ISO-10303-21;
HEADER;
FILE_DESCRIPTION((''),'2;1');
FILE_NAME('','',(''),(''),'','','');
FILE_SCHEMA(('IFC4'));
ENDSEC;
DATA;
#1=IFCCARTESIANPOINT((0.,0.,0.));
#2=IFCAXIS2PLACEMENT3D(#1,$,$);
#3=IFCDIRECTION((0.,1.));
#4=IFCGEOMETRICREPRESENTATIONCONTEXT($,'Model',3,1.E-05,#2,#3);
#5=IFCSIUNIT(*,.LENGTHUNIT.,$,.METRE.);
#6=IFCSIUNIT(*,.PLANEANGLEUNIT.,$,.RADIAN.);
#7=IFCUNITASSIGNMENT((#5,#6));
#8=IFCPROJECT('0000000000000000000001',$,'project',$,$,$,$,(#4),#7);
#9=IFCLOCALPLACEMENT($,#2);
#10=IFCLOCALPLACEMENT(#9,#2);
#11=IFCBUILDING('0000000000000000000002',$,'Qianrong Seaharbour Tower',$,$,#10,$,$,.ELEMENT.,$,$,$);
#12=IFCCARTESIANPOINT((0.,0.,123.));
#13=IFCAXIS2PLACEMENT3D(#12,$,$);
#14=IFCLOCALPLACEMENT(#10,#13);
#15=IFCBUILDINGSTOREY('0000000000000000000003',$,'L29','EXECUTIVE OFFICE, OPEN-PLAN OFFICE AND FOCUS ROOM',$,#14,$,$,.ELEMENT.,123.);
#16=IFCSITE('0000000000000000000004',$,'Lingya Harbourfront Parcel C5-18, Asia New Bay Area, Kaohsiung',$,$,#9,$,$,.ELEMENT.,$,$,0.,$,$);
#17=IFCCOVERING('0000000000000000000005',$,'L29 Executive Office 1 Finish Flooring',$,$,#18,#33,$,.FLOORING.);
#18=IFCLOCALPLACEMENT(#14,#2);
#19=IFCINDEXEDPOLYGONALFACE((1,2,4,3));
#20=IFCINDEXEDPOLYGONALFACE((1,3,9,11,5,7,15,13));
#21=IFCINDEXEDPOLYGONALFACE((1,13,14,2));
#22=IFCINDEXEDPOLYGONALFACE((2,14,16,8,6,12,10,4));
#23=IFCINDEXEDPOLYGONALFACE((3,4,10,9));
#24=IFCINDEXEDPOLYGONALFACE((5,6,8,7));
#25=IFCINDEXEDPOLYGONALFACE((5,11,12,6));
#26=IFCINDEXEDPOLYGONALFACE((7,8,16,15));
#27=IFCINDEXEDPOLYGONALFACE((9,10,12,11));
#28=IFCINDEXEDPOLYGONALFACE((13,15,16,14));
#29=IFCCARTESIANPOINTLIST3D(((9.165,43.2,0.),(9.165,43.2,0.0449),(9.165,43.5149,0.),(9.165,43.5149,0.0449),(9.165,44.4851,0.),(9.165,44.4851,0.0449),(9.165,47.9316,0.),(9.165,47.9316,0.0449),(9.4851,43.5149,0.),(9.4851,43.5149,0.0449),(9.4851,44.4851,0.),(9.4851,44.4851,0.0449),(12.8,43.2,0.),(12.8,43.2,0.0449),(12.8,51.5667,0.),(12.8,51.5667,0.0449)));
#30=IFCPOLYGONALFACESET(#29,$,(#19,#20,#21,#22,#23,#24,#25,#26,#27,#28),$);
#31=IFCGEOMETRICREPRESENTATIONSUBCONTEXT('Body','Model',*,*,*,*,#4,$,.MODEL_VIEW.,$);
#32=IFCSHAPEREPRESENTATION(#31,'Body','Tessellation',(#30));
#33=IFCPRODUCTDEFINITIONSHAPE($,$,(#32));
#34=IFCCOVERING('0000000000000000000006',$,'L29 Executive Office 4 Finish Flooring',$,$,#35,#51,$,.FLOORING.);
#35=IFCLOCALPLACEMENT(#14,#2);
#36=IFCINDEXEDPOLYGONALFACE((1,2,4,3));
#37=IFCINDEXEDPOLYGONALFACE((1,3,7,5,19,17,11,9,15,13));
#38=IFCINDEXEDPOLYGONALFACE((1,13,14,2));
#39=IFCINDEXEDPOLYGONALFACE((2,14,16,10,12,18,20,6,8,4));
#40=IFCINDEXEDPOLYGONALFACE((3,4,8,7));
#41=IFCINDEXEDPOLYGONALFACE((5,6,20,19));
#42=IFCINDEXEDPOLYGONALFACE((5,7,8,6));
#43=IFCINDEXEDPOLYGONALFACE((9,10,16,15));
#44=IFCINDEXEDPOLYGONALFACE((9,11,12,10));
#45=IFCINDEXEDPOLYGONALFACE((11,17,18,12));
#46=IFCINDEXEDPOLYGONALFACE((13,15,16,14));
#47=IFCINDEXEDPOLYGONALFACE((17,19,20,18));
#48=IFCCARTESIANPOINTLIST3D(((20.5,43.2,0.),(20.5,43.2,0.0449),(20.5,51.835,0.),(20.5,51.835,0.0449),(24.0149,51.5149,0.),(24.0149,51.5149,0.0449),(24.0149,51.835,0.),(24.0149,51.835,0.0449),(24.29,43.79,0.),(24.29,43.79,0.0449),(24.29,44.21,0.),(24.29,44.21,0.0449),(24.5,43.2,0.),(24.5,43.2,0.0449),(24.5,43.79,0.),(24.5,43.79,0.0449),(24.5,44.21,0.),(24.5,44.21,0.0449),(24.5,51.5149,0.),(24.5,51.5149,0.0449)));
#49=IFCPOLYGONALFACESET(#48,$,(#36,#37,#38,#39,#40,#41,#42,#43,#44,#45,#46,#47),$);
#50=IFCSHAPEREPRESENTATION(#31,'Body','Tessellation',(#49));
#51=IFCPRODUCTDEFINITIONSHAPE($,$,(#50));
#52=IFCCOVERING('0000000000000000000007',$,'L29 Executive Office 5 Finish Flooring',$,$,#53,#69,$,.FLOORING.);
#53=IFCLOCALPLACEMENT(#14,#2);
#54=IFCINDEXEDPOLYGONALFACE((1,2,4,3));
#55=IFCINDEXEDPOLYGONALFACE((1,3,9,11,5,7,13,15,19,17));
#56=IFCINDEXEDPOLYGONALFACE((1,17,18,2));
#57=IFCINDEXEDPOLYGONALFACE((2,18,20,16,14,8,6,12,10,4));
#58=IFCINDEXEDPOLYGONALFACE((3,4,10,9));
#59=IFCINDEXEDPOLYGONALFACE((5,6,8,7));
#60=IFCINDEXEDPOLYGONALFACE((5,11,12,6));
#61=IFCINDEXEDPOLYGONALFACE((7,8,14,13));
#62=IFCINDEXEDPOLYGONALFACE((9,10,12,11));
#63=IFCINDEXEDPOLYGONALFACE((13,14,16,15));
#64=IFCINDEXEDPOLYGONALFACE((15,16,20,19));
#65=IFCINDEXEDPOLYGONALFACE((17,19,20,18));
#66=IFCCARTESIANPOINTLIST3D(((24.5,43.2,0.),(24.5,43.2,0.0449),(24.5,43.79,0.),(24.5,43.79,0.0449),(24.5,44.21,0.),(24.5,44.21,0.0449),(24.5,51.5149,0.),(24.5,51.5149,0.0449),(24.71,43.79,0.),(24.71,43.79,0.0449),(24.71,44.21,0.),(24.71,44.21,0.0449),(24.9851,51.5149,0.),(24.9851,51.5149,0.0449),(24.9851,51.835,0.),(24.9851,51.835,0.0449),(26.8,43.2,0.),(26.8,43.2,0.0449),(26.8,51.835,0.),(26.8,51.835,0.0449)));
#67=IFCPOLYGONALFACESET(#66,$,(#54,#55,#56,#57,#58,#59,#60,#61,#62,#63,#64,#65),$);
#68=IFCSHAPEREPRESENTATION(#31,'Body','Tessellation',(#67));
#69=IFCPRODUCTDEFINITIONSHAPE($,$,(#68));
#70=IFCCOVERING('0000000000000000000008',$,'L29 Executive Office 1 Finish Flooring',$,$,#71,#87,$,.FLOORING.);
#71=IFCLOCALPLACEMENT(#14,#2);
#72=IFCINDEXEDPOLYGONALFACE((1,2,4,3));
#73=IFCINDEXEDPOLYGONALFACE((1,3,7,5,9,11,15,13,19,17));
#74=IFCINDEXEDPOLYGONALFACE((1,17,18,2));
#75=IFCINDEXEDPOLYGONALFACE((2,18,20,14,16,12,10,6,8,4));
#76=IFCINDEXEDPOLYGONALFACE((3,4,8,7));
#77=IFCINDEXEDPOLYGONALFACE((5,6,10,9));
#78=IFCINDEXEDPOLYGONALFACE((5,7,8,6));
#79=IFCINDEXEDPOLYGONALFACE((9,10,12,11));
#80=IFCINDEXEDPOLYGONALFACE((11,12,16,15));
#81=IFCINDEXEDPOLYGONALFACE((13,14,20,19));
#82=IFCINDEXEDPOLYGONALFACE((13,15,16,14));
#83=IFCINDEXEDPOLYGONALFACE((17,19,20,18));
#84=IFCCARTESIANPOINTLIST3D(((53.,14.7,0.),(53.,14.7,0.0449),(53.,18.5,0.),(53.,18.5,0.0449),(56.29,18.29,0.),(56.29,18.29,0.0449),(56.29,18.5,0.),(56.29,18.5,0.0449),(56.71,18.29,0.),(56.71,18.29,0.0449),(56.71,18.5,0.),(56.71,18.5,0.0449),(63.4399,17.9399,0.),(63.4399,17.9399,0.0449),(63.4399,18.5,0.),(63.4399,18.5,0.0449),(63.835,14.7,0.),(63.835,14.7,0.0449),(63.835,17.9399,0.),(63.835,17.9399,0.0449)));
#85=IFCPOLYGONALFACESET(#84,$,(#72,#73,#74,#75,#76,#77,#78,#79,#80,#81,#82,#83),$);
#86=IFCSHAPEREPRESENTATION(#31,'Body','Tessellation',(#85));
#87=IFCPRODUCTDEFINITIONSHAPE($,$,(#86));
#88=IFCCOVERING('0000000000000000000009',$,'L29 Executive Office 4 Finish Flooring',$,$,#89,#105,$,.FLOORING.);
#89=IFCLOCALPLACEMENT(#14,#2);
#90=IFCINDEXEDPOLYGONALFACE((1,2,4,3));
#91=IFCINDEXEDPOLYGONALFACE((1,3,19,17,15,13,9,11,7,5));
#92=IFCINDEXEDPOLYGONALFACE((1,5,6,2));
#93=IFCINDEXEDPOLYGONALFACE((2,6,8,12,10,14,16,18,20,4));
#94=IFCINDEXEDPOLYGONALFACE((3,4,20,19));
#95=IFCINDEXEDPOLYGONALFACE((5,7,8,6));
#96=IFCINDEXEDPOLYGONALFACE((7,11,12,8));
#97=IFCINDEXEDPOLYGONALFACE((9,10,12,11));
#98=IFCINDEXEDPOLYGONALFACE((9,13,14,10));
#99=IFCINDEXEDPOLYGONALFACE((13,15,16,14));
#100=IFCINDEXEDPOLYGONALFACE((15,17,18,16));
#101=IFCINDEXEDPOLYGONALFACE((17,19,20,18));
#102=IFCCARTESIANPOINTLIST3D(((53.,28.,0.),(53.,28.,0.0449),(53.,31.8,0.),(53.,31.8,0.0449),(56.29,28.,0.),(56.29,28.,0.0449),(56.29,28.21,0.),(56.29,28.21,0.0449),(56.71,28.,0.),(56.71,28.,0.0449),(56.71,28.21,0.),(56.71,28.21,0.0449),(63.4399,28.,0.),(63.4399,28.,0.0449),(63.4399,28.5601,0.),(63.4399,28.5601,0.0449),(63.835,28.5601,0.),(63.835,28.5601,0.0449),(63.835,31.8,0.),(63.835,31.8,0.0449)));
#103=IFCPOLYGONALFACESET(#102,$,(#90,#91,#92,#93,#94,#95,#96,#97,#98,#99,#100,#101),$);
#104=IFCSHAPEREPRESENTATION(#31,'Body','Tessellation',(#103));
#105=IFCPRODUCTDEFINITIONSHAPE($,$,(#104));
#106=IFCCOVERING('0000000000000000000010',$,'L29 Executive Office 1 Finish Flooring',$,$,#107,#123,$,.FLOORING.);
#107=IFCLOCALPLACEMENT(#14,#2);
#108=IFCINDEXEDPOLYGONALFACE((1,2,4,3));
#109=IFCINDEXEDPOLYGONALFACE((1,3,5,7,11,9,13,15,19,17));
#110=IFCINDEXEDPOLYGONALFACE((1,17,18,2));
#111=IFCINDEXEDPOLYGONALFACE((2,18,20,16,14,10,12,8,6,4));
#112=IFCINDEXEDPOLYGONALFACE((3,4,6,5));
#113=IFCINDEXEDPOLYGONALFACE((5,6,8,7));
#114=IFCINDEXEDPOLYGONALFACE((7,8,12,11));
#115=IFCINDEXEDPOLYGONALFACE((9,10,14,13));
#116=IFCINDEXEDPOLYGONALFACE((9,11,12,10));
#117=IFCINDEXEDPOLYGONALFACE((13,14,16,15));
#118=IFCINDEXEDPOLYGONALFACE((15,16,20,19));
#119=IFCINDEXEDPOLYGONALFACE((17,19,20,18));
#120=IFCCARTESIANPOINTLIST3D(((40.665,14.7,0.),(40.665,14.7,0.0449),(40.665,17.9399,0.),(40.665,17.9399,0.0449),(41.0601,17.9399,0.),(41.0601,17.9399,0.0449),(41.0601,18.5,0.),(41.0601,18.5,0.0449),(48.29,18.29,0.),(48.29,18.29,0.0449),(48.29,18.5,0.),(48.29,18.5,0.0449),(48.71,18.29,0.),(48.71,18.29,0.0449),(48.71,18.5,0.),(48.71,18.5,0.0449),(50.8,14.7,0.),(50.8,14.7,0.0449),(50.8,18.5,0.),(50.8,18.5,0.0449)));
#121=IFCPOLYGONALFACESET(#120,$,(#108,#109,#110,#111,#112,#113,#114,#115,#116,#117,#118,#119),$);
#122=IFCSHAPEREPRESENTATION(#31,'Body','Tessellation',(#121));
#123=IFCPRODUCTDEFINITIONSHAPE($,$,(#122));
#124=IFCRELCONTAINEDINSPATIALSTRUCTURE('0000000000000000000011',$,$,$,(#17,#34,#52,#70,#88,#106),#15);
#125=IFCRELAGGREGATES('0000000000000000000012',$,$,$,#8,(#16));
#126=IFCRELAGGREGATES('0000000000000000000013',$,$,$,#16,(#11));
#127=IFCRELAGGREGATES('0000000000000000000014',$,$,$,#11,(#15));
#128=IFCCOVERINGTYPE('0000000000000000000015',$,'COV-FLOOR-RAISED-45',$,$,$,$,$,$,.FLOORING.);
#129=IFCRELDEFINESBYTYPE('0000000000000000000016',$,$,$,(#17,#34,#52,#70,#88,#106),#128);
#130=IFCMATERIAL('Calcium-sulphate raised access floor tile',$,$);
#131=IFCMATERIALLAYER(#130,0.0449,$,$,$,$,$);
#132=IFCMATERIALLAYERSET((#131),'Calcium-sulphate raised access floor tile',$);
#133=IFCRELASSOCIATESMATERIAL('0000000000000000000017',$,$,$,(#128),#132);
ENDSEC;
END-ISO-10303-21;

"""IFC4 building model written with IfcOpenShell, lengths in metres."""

from ifc_helpers import new_model, si_unit, direction, frame, origin, place, context, subcontext, project, spatial, polyline, outline, extrude, material, layer, layer_set, type_object, element, save


model = new_model("IFC4")

# Units and contexts
model_context = context("Model", 3, precision=1e-05, world=origin(), true_north=direction((0.0, 1.0)))
body_context = subcontext(model_context, "Body", "Model", "MODEL_VIEW")
ifc_project = project(units=[si_unit("LENGTHUNIT", "METRE"), si_unit("PLANEANGLEUNIT", "RADIAN")], contexts=[model_context])

# Site, building, storey
site_placement = place(None, origin())
site = spatial("IfcSite", under=ifc_project, at=site_placement, Name="Lingya Harbourfront Parcel C5-18, Asia New Bay Area, Kaohsiung", CompositionType="ELEMENT", RefElevation=0.0)
building_placement = place(site_placement, origin())
building = spatial("IfcBuilding", under=site, at=building_placement, Name="Qianrong Seaharbour Tower", CompositionType="ELEMENT")
storey_placement = place(building_placement, frame((0.0, 0.0, 123.0)))
storey = spatial("IfcBuildingStorey", under=building, at=storey_placement, Name="L29", Description="EXECUTIVE OFFICE, OPEN-PLAN OFFICE AND FOCUS ROOM", CompositionType="ELEMENT", Elevation=123.0)

# Coverings
ifc_material_1 = material(Name="Calcium-sulphate raised access floor tile")
ifc_layer_1 = layer(ifc_material_1, 0.0449)
ifc_layer_set_1 = layer_set([ifc_layer_1], Name="Calcium-sulphate raised access floor tile")
covering_type_1 = type_object("IfcCoveringType", Name="COV-FLOOR-RAISED-45", PredefinedType="FLOORING", material=ifc_layer_set_1)
covering_1_placement = place(storey_placement, origin())
element("IfcCovering", 1, at=covering_1_placement, inside=storey, type_object=covering_type_1, Name="L29 Executive Office 1 Finish Flooring", PredefinedType="FLOORING", context=body_context, shape_type="SweptSolid", body=[
    extrude(outline(polyline([(9.165, 43.5149), (9.4851, 43.5149), (9.4851, 44.4851), (9.165, 44.4851), (9.165, 47.9316), (12.8, 51.5667), (12.8, 43.2), (9.165, 43.2), (9.165, 43.5149)])), origin(), (0.0, 0.0, 1.0), 0.0449),
])
covering_2_placement = place(storey_placement, origin())
element("IfcCovering", 2, at=covering_2_placement, inside=storey, type_object=covering_type_1, Name="L29 Executive Office 4 Finish Flooring", PredefinedType="FLOORING", context=body_context, shape_type="SweptSolid", body=[
    extrude(outline(polyline([(20.5, 51.835), (24.0149, 51.835), (24.0149, 51.5149), (24.5, 51.5149), (24.5, 44.21), (24.29, 44.21), (24.29, 43.79), (24.5, 43.79), (24.5, 43.2), (20.5, 43.2), (20.5, 51.835)])), origin(), (0.0, 0.0, 1.0), 0.0449),
])
covering_3_placement = place(storey_placement, origin())
element("IfcCovering", 3, at=covering_3_placement, inside=storey, type_object=covering_type_1, Name="L29 Executive Office 5 Finish Flooring", PredefinedType="FLOORING", context=body_context, shape_type="SweptSolid", body=[
    extrude(outline(polyline([(24.5, 43.79), (24.71, 43.79), (24.71, 44.21), (24.5, 44.21), (24.5, 51.5149), (24.9851, 51.5149), (24.9851, 51.835), (26.8, 51.835), (26.8, 43.2), (24.5, 43.2), (24.5, 43.79)])), origin(), (0.0, 0.0, 1.0), 0.0449),
])
covering_4_placement = place(storey_placement, origin())
element("IfcCovering", 4, at=covering_4_placement, inside=storey, type_object=covering_type_1, Name="L29 Executive Office 1 Finish Flooring", PredefinedType="FLOORING", context=body_context, shape_type="SweptSolid", body=[
    extrude(outline(polyline([(56.29, 18.5), (56.29, 18.29), (56.71, 18.29), (56.71, 18.5), (63.4399, 18.5), (63.4399, 17.9399), (63.835, 17.9399), (63.835, 14.7), (53.0, 14.7), (53.0, 18.5), (56.29, 18.5)])), origin(), (0.0, 0.0, 1.0), 0.0449),
])
covering_5_placement = place(storey_placement, origin())
element("IfcCovering", 5, at=covering_5_placement, inside=storey, type_object=covering_type_1, Name="L29 Executive Office 4 Finish Flooring", PredefinedType="FLOORING", context=body_context, shape_type="SweptSolid", body=[
    extrude(outline(polyline([(63.835, 31.8), (63.835, 28.5601), (63.4399, 28.5601), (63.4399, 28.0), (56.71, 28.0), (56.71, 28.21), (56.29, 28.21), (56.29, 28.0), (53.0, 28.0), (53.0, 31.8), (63.835, 31.8)])), origin(), (0.0, 0.0, 1.0), 0.0449),
])
covering_6_placement = place(storey_placement, origin())
element("IfcCovering", 6, at=covering_6_placement, inside=storey, type_object=covering_type_1, Name="L29 Executive Office 1 Finish Flooring", PredefinedType="FLOORING", context=body_context, shape_type="SweptSolid", body=[
    extrude(outline(polyline([(40.665, 14.7), (40.665, 17.9399), (41.0601, 17.9399), (41.0601, 18.5), (48.29, 18.5), (48.29, 18.29), (48.71, 18.29), (48.71, 18.5), (50.8, 18.5), (50.8, 14.7), (40.665, 14.7)])), origin(), (0.0, 0.0, 1.0), 0.0449),
])

save(model, "model.ifc")
